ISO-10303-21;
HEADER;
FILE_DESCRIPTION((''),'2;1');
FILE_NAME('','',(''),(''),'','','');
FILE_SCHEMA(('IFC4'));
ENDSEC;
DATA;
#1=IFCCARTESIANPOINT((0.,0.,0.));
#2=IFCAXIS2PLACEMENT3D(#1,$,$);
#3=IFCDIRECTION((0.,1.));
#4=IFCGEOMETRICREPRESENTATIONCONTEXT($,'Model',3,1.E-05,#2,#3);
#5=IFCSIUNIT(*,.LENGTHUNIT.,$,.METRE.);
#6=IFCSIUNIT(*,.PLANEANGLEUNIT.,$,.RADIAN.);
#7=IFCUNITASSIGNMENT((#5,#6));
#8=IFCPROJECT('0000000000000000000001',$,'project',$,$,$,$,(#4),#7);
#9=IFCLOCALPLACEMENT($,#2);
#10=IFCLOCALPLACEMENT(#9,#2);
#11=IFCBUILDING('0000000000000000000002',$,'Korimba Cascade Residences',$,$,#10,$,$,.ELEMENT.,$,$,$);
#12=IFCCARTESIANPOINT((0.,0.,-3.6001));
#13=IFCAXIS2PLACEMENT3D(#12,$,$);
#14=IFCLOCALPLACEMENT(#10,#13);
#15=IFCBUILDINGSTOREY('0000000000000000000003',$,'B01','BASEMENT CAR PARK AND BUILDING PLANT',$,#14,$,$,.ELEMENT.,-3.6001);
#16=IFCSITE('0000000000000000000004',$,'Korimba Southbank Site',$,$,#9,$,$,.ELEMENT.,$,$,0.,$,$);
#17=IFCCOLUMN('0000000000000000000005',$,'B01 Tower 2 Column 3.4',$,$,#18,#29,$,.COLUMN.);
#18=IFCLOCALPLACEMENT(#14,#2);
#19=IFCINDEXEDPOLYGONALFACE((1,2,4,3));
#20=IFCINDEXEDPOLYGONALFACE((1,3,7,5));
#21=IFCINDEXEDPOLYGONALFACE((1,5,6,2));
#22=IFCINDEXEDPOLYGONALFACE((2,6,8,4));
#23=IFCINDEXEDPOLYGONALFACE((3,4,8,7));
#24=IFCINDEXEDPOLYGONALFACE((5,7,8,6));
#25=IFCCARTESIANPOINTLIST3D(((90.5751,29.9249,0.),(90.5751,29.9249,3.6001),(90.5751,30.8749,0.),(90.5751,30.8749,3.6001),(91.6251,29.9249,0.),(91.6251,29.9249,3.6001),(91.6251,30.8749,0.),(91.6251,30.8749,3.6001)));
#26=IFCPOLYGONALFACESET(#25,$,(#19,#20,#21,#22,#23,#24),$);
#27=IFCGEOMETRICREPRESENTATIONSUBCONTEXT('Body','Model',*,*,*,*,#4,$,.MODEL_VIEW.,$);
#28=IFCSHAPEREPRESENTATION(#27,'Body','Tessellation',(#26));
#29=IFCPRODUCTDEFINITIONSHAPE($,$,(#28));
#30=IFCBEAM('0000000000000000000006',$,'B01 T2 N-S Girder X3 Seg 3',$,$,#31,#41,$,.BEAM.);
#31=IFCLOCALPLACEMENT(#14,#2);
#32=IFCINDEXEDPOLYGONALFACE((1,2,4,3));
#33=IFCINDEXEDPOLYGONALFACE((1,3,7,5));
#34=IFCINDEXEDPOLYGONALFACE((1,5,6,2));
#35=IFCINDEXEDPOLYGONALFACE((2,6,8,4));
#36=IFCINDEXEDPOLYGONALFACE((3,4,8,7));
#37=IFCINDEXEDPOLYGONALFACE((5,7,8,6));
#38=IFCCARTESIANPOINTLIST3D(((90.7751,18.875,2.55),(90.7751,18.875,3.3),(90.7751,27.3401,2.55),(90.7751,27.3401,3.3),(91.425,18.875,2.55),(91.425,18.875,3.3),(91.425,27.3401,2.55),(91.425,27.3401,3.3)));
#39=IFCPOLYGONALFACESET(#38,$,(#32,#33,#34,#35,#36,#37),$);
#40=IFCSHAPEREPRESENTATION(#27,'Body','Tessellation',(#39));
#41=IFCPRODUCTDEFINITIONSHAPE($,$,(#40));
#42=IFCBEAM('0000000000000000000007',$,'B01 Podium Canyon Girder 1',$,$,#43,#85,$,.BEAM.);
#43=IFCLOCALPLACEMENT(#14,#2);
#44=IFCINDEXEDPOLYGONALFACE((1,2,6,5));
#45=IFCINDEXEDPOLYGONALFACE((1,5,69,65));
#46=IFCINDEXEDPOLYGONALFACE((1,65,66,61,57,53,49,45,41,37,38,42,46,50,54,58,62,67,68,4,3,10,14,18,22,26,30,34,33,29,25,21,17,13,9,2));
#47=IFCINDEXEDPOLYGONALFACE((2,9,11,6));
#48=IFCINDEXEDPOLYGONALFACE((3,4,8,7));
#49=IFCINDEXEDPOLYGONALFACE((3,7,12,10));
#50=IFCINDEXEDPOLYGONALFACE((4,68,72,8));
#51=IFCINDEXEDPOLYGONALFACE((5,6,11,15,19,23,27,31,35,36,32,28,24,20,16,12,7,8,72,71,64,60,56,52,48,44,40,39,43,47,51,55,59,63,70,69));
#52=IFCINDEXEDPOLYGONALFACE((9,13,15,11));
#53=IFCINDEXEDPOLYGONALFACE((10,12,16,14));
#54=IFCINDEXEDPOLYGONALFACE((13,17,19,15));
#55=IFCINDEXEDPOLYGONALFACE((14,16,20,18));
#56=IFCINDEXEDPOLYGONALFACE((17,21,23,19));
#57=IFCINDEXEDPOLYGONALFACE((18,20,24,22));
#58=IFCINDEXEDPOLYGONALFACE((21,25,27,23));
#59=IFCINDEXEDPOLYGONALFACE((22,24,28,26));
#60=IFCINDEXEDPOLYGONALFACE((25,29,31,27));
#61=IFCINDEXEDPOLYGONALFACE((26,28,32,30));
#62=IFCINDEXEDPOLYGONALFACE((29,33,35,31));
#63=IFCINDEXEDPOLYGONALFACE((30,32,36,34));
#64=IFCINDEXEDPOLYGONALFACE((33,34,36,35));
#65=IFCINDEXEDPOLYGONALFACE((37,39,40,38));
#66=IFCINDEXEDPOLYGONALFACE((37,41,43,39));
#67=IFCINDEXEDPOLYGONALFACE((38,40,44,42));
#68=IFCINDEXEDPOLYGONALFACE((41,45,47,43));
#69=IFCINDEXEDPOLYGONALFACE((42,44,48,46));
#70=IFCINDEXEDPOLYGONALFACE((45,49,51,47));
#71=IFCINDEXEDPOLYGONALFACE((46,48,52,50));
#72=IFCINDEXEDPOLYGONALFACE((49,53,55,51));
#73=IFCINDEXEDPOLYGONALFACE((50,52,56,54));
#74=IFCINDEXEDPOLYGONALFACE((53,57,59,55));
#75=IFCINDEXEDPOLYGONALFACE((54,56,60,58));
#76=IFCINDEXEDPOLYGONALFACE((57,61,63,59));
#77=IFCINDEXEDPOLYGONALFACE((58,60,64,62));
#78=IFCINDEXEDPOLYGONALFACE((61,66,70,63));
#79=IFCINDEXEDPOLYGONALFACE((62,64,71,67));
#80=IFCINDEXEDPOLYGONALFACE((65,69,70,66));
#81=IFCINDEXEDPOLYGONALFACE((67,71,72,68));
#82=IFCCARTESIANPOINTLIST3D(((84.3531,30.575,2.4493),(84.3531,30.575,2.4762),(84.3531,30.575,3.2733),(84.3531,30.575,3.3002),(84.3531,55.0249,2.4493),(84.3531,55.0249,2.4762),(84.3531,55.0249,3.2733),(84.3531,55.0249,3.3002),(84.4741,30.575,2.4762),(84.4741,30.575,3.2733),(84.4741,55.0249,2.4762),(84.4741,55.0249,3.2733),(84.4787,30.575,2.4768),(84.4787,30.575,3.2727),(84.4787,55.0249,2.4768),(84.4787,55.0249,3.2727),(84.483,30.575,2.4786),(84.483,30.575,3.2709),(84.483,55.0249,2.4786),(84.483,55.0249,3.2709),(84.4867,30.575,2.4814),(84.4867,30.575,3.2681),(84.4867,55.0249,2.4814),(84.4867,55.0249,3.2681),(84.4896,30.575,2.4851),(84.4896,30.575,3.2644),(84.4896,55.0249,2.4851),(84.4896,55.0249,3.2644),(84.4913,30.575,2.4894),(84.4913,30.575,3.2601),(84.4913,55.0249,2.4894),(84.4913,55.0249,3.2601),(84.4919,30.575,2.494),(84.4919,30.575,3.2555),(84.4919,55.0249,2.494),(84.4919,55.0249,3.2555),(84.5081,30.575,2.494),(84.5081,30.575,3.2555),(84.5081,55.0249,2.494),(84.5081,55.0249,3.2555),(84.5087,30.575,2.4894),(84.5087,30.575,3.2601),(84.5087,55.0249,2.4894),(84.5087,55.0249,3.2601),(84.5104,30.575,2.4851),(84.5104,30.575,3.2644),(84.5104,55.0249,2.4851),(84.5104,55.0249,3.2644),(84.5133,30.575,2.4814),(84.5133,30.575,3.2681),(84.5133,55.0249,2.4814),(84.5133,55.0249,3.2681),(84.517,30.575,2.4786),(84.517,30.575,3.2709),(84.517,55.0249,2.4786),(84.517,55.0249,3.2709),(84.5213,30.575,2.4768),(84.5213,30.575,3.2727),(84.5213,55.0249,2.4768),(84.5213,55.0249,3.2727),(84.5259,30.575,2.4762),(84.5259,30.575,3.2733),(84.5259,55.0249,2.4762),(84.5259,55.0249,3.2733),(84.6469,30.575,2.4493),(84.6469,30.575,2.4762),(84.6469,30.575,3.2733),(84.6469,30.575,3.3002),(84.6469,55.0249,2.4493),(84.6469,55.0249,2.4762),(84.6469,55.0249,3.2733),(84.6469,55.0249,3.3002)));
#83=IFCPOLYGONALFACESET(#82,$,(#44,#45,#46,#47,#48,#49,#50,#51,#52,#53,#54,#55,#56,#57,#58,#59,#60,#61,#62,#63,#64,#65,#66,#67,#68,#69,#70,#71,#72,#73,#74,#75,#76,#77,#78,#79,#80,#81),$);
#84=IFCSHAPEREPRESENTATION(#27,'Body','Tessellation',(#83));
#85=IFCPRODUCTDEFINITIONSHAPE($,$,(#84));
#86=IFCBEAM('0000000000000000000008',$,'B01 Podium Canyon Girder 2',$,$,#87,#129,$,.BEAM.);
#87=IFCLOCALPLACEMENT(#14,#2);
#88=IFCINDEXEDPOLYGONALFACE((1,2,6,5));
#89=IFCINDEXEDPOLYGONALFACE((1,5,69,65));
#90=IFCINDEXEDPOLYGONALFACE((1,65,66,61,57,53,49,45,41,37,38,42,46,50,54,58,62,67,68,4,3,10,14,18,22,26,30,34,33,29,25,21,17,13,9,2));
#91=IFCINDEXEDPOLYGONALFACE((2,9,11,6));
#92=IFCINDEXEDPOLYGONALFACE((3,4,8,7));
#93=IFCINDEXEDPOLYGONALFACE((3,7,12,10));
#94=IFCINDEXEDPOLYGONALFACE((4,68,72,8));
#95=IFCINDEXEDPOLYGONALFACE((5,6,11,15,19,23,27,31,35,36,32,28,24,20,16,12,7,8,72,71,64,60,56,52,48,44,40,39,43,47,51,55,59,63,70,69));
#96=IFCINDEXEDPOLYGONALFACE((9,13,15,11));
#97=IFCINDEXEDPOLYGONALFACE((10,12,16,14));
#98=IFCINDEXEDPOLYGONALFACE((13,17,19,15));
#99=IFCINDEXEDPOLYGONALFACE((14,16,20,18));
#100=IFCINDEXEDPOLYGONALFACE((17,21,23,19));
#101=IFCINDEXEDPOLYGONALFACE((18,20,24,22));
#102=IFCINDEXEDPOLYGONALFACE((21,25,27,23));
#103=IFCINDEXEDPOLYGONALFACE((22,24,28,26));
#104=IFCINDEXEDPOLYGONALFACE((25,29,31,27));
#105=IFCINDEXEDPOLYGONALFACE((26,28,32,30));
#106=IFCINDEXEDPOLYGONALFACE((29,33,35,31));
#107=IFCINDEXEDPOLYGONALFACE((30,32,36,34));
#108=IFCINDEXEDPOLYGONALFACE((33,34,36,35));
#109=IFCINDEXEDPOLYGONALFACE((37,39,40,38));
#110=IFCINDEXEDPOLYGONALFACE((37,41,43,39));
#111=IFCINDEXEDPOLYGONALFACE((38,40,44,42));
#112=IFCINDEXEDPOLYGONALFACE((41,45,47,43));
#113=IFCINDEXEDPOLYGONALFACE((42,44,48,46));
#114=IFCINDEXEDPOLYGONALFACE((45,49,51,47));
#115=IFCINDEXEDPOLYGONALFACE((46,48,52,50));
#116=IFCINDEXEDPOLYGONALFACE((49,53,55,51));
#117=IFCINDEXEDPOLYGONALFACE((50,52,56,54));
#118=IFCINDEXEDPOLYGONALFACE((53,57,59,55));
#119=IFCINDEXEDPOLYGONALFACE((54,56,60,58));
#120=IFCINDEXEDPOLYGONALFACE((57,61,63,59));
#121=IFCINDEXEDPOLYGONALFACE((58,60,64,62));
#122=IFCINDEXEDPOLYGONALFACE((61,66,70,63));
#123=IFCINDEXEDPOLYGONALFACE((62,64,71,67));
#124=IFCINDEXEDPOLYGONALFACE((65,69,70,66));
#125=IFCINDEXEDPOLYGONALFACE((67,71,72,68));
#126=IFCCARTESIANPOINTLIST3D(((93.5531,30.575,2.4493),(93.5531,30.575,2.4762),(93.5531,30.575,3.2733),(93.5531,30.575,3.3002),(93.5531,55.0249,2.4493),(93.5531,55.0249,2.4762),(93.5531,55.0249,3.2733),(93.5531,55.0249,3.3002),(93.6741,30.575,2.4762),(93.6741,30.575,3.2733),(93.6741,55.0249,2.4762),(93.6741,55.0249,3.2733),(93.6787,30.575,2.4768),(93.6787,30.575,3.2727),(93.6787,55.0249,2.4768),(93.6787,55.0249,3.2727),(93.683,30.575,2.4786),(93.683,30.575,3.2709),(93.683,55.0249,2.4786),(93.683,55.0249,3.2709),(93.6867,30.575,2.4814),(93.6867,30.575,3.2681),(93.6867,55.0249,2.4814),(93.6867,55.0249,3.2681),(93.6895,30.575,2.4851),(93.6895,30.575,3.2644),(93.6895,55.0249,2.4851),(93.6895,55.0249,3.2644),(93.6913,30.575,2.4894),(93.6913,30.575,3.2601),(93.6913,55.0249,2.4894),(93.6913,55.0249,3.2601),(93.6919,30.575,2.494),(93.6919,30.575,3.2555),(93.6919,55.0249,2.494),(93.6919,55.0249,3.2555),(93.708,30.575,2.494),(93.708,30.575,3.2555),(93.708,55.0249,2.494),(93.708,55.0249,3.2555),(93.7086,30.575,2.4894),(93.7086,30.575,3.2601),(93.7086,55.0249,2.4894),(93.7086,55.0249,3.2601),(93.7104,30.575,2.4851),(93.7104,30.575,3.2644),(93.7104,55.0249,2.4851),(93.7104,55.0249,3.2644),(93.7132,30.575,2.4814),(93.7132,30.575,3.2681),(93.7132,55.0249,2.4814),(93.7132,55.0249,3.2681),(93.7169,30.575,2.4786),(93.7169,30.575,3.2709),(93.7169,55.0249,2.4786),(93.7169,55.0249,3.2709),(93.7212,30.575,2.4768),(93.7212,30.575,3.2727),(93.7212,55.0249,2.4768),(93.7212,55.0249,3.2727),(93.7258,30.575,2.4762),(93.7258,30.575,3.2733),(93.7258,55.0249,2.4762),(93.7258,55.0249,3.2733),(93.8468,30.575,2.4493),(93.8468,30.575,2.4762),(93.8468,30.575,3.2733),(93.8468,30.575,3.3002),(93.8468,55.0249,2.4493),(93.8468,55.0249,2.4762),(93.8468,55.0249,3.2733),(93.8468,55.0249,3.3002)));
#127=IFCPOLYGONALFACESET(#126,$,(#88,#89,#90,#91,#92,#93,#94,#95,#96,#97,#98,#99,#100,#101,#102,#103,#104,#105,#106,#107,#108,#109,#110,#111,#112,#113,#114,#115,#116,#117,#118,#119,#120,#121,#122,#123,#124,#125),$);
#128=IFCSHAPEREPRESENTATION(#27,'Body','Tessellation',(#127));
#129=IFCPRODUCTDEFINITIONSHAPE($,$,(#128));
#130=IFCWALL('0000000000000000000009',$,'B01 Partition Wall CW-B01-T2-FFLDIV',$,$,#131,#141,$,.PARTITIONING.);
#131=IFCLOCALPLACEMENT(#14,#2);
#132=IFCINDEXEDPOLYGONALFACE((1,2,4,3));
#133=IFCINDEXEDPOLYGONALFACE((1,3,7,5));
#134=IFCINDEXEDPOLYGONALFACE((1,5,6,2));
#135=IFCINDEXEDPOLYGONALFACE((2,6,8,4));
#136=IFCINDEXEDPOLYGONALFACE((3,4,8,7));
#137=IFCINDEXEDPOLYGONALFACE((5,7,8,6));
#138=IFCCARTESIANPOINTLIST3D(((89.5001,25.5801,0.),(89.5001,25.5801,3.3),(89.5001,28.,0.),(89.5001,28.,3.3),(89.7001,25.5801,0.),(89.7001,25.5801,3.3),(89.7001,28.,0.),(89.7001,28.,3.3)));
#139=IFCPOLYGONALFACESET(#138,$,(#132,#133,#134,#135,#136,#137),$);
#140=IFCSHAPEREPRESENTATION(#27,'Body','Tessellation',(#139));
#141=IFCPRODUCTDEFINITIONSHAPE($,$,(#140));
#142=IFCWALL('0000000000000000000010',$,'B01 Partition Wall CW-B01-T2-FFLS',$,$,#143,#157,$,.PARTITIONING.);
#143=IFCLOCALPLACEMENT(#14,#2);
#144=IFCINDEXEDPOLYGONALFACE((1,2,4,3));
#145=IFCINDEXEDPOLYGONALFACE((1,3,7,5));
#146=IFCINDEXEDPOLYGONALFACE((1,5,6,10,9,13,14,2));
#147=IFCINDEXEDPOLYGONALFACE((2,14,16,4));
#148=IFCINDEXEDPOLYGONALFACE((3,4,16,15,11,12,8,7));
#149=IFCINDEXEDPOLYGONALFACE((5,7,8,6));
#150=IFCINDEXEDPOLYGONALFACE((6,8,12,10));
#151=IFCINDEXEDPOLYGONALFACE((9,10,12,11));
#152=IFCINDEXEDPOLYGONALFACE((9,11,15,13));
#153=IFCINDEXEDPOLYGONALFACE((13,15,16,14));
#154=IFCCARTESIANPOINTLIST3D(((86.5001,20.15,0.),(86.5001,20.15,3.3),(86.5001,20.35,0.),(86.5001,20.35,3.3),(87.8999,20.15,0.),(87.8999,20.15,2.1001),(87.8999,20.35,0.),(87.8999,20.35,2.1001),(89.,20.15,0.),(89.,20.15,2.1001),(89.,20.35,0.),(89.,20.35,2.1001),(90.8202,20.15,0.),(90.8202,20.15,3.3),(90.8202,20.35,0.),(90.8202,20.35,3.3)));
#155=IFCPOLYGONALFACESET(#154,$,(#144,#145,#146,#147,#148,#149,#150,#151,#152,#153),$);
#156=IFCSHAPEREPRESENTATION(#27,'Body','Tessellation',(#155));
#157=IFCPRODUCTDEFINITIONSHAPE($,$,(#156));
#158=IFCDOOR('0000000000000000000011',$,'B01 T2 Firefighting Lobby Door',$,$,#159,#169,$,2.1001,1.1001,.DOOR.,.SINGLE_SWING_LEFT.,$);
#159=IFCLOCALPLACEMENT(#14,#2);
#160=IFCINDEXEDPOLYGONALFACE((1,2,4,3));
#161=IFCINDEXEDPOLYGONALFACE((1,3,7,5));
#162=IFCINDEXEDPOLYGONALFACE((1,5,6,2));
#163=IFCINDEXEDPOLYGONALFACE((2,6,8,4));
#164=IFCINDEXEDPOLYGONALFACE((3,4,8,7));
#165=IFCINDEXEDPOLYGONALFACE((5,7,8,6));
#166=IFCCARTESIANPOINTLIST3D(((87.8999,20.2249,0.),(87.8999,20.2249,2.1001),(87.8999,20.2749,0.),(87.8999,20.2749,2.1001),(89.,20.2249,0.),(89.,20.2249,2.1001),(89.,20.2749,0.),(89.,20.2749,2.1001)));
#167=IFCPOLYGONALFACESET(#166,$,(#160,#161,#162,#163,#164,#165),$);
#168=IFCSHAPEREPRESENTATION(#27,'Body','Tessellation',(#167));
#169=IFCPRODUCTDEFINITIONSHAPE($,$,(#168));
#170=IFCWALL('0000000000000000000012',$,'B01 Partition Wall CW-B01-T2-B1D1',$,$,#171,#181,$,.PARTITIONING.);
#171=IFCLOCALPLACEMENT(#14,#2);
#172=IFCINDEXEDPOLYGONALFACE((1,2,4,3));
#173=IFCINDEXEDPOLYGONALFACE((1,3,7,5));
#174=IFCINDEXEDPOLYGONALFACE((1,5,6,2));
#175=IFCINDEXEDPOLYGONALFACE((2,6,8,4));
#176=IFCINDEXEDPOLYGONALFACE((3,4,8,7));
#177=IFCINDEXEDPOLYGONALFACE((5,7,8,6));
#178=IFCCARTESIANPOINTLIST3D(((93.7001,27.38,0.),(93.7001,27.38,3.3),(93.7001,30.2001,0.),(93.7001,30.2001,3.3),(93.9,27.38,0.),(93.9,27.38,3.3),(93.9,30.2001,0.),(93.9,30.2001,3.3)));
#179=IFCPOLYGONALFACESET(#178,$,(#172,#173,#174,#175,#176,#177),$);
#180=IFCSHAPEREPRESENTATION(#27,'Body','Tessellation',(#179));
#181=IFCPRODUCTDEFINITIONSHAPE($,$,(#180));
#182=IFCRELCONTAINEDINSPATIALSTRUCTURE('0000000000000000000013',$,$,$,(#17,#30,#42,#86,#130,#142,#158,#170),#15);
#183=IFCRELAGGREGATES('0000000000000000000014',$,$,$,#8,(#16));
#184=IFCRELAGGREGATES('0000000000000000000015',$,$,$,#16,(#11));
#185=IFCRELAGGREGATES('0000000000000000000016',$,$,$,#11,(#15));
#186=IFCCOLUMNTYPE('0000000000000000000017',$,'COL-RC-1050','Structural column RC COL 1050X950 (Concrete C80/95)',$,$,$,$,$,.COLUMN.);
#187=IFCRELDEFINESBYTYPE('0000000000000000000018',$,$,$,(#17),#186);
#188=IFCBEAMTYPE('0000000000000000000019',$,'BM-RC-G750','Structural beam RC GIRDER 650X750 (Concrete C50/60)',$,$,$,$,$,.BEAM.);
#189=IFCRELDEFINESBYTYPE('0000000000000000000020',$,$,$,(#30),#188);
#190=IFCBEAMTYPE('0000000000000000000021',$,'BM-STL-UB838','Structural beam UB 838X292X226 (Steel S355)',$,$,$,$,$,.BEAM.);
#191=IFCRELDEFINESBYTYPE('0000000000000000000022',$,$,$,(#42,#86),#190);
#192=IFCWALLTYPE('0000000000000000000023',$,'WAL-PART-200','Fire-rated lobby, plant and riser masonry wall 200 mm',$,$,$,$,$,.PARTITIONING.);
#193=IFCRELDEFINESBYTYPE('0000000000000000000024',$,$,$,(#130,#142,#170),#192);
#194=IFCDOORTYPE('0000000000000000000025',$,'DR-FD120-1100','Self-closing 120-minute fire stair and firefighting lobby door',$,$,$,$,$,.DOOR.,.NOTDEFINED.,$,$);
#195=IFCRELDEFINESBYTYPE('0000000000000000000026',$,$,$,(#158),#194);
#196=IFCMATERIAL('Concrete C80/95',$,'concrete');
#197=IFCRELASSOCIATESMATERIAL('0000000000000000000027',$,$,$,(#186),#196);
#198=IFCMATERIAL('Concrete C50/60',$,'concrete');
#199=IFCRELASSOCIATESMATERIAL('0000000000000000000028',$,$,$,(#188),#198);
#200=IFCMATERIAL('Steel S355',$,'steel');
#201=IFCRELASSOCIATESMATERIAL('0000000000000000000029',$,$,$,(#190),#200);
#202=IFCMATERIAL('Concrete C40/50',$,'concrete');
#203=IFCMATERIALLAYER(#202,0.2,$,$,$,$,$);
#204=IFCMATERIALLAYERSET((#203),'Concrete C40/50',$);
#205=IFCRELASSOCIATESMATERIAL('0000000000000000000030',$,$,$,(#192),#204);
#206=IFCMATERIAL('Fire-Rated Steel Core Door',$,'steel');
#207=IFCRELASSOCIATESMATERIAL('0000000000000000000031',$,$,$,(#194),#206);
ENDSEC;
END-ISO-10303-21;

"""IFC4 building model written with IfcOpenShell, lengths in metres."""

from ifc_helpers import new_model, si_unit, direction, frame, frame_2d, origin, origin_2d, place, context, subcontext, project, spatial, rectangle, i_section, extrude, material, layer, layer_set, material_profile, profile_set, type_object, element, fill, save


model = new_model("IFC4")

# Units and contexts
model_context = context("Model", 3, precision=1e-05, world=origin(), true_north=direction((0.0, 1.0)))
body_context = subcontext(model_context, "Body", "Model", "MODEL_VIEW")
ifc_project = project(units=[si_unit("LENGTHUNIT", "METRE"), si_unit("PLANEANGLEUNIT", "RADIAN")], contexts=[model_context])

# Site, building, storey
site_placement = place(None, origin())
site = spatial("IfcSite", under=ifc_project, at=site_placement, Name="Korimba Southbank Site", CompositionType="ELEMENT", RefElevation=0.0)
building_placement = place(site_placement, origin())
building = spatial("IfcBuilding", under=site, at=building_placement, Name="Korimba Cascade Residences", CompositionType="ELEMENT")
storey_placement = place(building_placement, frame((0.0, 0.0, -3.6001)))
storey = spatial("IfcBuildingStorey", under=building, at=storey_placement, Name="B01", Description="BASEMENT CAR PARK AND BUILDING PLANT", CompositionType="ELEMENT", Elevation=-3.6001)

# Column
ifc_material_1 = material(Name="Concrete C80/95", Category="concrete")
ifc_material_profile_1 = material_profile(ifc_material_1, rectangle(XDim=1.05, YDim=0.95, at=origin_2d()), Name="Concrete C80/95")
ifc_profile_set_1 = profile_set([ifc_material_profile_1], Name="Concrete C80/95")
column_type = type_object("IfcColumnType", Name="COL-RC-1050", Description="Structural column RC COL 1050X950 (Concrete C80/95)", PredefinedType="COLUMN", material=ifc_profile_set_1)
column_placement = place(storey_placement, frame((91.1001, 30.3999, 0.0), z_axis=(0.0, 0.0, 1.0), x_axis=(1.0, 0.0, 0.0)))
element("IfcColumn", 1, at=column_placement, inside=storey, type_object=column_type, Name="B01 Tower 2 Column 3.4", PredefinedType="COLUMN", context=body_context, shape_type="SweptSolid", body=[
    extrude(rectangle(XDim=1.05, YDim=0.95, at=origin_2d()), origin(), (0.0, 0.0, 1.0), 3.6001),
])

# Beams
ifc_material_2 = material(Name="Concrete C50/60", Category="concrete")
ifc_material_profile_2 = material_profile(ifc_material_2, rectangle(XDim=0.6499, YDim=0.75, at=origin_2d()), Name="Concrete C50/60")
ifc_profile_set_2 = profile_set([ifc_material_profile_2], Name="Concrete C50/60")
beam_type_1 = type_object("IfcBeamType", Name="BM-RC-G750", Description="Structural beam RC GIRDER 650X750 (Concrete C50/60)", PredefinedType="BEAM", material=ifc_profile_set_2)
beam_placement = place(storey_placement, frame((91.1001, 18.875, 2.925), z_axis=(0.0, 1.0, 0.0), x_axis=(-1.0, 0.0, 0.0)))
element("IfcBeam", 2, at=beam_placement, inside=storey, type_object=beam_type_1, Name="B01 T2 N-S Girder X3 Seg 3", PredefinedType="BEAM", context=body_context, shape_type="SweptSolid", body=[
    extrude(rectangle(XDim=0.6499, YDim=0.75, at=origin_2d()), origin(), (0.0, 0.0, 1.0), 8.4651),
])
ifc_material_3 = material(Name="Steel S355", Category="steel")
ifc_material_profile_3 = material_profile(ifc_material_3, i_section(OverallWidth=0.2937, OverallDepth=0.8508, WebThickness=0.0161, FlangeThickness=0.0269, FilletRadius=0.0178, at=origin_2d()), Name="Steel S355")
ifc_profile_set_3 = profile_set([ifc_material_profile_3], Name="Steel S355")
beam_type_2 = type_object("IfcBeamType", Name="BM-STL-UB838", Description="Structural beam UB 838X292X226 (Steel S355)", PredefinedType="BEAM", material=ifc_profile_set_3)
for number, where, z_axis, x_axis, name in (
    (3, (84.5, 30.575, 2.8748), (0.0, 1.0, 0.0), (-1.0, 0.0, 0.0), "B01 Podium Canyon Girder 1"),
    (4, (93.7, 30.575, 2.8748), (0.0, 1.0, 0.0), (-1.0, 0.0, 0.0), "B01 Podium Canyon Girder 2"),
):
    element("IfcBeam", number, at=place(storey_placement, frame(where, z_axis=z_axis, x_axis=x_axis)), inside=storey, type_object=beam_type_2, Name=name, PredefinedType="BEAM", context=body_context, shape_type="SweptSolid", body=[
        extrude(i_section(OverallWidth=0.2937, OverallDepth=0.8508, WebThickness=0.0161, FlangeThickness=0.0269, FilletRadius=0.0178, at=origin_2d()), origin(), (0.0, 0.0, 1.0), 24.45),
    ])

# Wall
ifc_material_4 = material(Name="Concrete C40/50", Category="concrete")
ifc_layer_1 = layer(ifc_material_4, 0.2)
ifc_layer_set_1 = layer_set([ifc_layer_1], Name="Concrete C40/50")
wall_type_1 = type_object("IfcWallType", Name="WAL-PART-200", Description="Fire-rated lobby, plant and riser masonry wall 200 mm", PredefinedType="PARTITIONING", material=ifc_layer_set_1)
wall_1_placement = place(storey_placement, frame((89.6001, 25.5801, 0.0), z_axis=(0.0, 0.0, 1.0), x_axis=(0.0, 1.0, 0.0)))
element("IfcWall", 5, at=wall_1_placement, inside=storey, type_object=wall_type_1, Name="B01 Partition Wall CW-B01-T2-FFLDIV", PredefinedType="PARTITIONING", context=body_context, shape_type="SweptSolid", body=[
    extrude(rectangle(XDim=2.4199, YDim=0.2, at=frame_2d((1.21, 0.0))), origin(), (0.0, 0.0, 1.0), 3.3),
])

# Wall, opening, door
wall_2_placement = place(storey_placement, frame((86.5, 20.25, 0.0), z_axis=(0.0, 0.0, 1.0), x_axis=(1.0, 0.0, 0.0)))
wall_2 = element("IfcWall", 6, at=wall_2_placement, inside=storey, type_object=wall_type_1, Name="B01 Partition Wall CW-B01-T2-FFLS", PredefinedType="PARTITIONING", context=body_context, shape_type="SweptSolid", body=[
    extrude(rectangle(XDim=4.3201, YDim=0.2, at=frame_2d((2.1602, 0.0))), origin(), (0.0, 0.0, 1.0), 3.3),
])
opening_1_placement = place(wall_2_placement, frame((1.3999, 0.0, 0.0)))
opening_1 = element("IfcOpeningElement", 7, at=opening_1_placement, cuts=wall_2, PredefinedType="OPENING", context=body_context, shape_type="SweptSolid", body=[
    extrude(rectangle(XDim=1.1001, YDim=2.1001, at=frame_2d((0.55, 1.05))), frame((0.0, 0.1099, 0.0), z_axis=(0.0, -1.0, 0.0), x_axis=(1.0, 0.0, 0.0)), (0.0, 0.0, 1.0), 0.22),
])
ifc_material_5 = material(Name="Fire-Rated Steel Core Door", Category="steel")
door_type_1 = type_object("IfcDoorType", Name="DR-FD120-1100", Description="Self-closing 120-minute fire stair and firefighting lobby door", OperationType="NOTDEFINED", PredefinedType="DOOR", material=ifc_material_5)
door_1_placement = place(opening_1_placement, origin())
door_1 = element("IfcDoor", 8, at=door_1_placement, inside=storey, type_object=door_type_1, Name="B01 T2 Firefighting Lobby Door", OperationType="SINGLE_SWING_LEFT", OverallHeight=2.1001, OverallWidth=1.1001, PredefinedType="DOOR", context=body_context, shape_type="SweptSolid", body=[
    extrude(rectangle(XDim=1.1001, YDim=2.1001, at=frame_2d((0.55, 1.05))), frame((0.0, 0.0249, 0.0), z_axis=(0.0, -1.0, 0.0), x_axis=(1.0, 0.0, 0.0)), (0.0, 0.0, 1.0), 0.05),
])
fill(opening_1, door_1)

# Wall
wall_3_placement = place(storey_placement, frame((93.8, 27.3799, 0.0), z_axis=(0.0, 0.0, 1.0), x_axis=(0.0, 1.0, 0.0)))
element("IfcWall", 9, at=wall_3_placement, inside=storey, type_object=wall_type_1, Name="B01 Partition Wall CW-B01-T2-B1D1", PredefinedType="PARTITIONING", context=body_context, shape_type="SweptSolid", body=[
    extrude(rectangle(XDim=2.8201, YDim=0.2, at=frame_2d((1.4102, 0.0))), origin(), (0.0, 0.0, 1.0), 3.3),
])

save(model, "model.ifc")
